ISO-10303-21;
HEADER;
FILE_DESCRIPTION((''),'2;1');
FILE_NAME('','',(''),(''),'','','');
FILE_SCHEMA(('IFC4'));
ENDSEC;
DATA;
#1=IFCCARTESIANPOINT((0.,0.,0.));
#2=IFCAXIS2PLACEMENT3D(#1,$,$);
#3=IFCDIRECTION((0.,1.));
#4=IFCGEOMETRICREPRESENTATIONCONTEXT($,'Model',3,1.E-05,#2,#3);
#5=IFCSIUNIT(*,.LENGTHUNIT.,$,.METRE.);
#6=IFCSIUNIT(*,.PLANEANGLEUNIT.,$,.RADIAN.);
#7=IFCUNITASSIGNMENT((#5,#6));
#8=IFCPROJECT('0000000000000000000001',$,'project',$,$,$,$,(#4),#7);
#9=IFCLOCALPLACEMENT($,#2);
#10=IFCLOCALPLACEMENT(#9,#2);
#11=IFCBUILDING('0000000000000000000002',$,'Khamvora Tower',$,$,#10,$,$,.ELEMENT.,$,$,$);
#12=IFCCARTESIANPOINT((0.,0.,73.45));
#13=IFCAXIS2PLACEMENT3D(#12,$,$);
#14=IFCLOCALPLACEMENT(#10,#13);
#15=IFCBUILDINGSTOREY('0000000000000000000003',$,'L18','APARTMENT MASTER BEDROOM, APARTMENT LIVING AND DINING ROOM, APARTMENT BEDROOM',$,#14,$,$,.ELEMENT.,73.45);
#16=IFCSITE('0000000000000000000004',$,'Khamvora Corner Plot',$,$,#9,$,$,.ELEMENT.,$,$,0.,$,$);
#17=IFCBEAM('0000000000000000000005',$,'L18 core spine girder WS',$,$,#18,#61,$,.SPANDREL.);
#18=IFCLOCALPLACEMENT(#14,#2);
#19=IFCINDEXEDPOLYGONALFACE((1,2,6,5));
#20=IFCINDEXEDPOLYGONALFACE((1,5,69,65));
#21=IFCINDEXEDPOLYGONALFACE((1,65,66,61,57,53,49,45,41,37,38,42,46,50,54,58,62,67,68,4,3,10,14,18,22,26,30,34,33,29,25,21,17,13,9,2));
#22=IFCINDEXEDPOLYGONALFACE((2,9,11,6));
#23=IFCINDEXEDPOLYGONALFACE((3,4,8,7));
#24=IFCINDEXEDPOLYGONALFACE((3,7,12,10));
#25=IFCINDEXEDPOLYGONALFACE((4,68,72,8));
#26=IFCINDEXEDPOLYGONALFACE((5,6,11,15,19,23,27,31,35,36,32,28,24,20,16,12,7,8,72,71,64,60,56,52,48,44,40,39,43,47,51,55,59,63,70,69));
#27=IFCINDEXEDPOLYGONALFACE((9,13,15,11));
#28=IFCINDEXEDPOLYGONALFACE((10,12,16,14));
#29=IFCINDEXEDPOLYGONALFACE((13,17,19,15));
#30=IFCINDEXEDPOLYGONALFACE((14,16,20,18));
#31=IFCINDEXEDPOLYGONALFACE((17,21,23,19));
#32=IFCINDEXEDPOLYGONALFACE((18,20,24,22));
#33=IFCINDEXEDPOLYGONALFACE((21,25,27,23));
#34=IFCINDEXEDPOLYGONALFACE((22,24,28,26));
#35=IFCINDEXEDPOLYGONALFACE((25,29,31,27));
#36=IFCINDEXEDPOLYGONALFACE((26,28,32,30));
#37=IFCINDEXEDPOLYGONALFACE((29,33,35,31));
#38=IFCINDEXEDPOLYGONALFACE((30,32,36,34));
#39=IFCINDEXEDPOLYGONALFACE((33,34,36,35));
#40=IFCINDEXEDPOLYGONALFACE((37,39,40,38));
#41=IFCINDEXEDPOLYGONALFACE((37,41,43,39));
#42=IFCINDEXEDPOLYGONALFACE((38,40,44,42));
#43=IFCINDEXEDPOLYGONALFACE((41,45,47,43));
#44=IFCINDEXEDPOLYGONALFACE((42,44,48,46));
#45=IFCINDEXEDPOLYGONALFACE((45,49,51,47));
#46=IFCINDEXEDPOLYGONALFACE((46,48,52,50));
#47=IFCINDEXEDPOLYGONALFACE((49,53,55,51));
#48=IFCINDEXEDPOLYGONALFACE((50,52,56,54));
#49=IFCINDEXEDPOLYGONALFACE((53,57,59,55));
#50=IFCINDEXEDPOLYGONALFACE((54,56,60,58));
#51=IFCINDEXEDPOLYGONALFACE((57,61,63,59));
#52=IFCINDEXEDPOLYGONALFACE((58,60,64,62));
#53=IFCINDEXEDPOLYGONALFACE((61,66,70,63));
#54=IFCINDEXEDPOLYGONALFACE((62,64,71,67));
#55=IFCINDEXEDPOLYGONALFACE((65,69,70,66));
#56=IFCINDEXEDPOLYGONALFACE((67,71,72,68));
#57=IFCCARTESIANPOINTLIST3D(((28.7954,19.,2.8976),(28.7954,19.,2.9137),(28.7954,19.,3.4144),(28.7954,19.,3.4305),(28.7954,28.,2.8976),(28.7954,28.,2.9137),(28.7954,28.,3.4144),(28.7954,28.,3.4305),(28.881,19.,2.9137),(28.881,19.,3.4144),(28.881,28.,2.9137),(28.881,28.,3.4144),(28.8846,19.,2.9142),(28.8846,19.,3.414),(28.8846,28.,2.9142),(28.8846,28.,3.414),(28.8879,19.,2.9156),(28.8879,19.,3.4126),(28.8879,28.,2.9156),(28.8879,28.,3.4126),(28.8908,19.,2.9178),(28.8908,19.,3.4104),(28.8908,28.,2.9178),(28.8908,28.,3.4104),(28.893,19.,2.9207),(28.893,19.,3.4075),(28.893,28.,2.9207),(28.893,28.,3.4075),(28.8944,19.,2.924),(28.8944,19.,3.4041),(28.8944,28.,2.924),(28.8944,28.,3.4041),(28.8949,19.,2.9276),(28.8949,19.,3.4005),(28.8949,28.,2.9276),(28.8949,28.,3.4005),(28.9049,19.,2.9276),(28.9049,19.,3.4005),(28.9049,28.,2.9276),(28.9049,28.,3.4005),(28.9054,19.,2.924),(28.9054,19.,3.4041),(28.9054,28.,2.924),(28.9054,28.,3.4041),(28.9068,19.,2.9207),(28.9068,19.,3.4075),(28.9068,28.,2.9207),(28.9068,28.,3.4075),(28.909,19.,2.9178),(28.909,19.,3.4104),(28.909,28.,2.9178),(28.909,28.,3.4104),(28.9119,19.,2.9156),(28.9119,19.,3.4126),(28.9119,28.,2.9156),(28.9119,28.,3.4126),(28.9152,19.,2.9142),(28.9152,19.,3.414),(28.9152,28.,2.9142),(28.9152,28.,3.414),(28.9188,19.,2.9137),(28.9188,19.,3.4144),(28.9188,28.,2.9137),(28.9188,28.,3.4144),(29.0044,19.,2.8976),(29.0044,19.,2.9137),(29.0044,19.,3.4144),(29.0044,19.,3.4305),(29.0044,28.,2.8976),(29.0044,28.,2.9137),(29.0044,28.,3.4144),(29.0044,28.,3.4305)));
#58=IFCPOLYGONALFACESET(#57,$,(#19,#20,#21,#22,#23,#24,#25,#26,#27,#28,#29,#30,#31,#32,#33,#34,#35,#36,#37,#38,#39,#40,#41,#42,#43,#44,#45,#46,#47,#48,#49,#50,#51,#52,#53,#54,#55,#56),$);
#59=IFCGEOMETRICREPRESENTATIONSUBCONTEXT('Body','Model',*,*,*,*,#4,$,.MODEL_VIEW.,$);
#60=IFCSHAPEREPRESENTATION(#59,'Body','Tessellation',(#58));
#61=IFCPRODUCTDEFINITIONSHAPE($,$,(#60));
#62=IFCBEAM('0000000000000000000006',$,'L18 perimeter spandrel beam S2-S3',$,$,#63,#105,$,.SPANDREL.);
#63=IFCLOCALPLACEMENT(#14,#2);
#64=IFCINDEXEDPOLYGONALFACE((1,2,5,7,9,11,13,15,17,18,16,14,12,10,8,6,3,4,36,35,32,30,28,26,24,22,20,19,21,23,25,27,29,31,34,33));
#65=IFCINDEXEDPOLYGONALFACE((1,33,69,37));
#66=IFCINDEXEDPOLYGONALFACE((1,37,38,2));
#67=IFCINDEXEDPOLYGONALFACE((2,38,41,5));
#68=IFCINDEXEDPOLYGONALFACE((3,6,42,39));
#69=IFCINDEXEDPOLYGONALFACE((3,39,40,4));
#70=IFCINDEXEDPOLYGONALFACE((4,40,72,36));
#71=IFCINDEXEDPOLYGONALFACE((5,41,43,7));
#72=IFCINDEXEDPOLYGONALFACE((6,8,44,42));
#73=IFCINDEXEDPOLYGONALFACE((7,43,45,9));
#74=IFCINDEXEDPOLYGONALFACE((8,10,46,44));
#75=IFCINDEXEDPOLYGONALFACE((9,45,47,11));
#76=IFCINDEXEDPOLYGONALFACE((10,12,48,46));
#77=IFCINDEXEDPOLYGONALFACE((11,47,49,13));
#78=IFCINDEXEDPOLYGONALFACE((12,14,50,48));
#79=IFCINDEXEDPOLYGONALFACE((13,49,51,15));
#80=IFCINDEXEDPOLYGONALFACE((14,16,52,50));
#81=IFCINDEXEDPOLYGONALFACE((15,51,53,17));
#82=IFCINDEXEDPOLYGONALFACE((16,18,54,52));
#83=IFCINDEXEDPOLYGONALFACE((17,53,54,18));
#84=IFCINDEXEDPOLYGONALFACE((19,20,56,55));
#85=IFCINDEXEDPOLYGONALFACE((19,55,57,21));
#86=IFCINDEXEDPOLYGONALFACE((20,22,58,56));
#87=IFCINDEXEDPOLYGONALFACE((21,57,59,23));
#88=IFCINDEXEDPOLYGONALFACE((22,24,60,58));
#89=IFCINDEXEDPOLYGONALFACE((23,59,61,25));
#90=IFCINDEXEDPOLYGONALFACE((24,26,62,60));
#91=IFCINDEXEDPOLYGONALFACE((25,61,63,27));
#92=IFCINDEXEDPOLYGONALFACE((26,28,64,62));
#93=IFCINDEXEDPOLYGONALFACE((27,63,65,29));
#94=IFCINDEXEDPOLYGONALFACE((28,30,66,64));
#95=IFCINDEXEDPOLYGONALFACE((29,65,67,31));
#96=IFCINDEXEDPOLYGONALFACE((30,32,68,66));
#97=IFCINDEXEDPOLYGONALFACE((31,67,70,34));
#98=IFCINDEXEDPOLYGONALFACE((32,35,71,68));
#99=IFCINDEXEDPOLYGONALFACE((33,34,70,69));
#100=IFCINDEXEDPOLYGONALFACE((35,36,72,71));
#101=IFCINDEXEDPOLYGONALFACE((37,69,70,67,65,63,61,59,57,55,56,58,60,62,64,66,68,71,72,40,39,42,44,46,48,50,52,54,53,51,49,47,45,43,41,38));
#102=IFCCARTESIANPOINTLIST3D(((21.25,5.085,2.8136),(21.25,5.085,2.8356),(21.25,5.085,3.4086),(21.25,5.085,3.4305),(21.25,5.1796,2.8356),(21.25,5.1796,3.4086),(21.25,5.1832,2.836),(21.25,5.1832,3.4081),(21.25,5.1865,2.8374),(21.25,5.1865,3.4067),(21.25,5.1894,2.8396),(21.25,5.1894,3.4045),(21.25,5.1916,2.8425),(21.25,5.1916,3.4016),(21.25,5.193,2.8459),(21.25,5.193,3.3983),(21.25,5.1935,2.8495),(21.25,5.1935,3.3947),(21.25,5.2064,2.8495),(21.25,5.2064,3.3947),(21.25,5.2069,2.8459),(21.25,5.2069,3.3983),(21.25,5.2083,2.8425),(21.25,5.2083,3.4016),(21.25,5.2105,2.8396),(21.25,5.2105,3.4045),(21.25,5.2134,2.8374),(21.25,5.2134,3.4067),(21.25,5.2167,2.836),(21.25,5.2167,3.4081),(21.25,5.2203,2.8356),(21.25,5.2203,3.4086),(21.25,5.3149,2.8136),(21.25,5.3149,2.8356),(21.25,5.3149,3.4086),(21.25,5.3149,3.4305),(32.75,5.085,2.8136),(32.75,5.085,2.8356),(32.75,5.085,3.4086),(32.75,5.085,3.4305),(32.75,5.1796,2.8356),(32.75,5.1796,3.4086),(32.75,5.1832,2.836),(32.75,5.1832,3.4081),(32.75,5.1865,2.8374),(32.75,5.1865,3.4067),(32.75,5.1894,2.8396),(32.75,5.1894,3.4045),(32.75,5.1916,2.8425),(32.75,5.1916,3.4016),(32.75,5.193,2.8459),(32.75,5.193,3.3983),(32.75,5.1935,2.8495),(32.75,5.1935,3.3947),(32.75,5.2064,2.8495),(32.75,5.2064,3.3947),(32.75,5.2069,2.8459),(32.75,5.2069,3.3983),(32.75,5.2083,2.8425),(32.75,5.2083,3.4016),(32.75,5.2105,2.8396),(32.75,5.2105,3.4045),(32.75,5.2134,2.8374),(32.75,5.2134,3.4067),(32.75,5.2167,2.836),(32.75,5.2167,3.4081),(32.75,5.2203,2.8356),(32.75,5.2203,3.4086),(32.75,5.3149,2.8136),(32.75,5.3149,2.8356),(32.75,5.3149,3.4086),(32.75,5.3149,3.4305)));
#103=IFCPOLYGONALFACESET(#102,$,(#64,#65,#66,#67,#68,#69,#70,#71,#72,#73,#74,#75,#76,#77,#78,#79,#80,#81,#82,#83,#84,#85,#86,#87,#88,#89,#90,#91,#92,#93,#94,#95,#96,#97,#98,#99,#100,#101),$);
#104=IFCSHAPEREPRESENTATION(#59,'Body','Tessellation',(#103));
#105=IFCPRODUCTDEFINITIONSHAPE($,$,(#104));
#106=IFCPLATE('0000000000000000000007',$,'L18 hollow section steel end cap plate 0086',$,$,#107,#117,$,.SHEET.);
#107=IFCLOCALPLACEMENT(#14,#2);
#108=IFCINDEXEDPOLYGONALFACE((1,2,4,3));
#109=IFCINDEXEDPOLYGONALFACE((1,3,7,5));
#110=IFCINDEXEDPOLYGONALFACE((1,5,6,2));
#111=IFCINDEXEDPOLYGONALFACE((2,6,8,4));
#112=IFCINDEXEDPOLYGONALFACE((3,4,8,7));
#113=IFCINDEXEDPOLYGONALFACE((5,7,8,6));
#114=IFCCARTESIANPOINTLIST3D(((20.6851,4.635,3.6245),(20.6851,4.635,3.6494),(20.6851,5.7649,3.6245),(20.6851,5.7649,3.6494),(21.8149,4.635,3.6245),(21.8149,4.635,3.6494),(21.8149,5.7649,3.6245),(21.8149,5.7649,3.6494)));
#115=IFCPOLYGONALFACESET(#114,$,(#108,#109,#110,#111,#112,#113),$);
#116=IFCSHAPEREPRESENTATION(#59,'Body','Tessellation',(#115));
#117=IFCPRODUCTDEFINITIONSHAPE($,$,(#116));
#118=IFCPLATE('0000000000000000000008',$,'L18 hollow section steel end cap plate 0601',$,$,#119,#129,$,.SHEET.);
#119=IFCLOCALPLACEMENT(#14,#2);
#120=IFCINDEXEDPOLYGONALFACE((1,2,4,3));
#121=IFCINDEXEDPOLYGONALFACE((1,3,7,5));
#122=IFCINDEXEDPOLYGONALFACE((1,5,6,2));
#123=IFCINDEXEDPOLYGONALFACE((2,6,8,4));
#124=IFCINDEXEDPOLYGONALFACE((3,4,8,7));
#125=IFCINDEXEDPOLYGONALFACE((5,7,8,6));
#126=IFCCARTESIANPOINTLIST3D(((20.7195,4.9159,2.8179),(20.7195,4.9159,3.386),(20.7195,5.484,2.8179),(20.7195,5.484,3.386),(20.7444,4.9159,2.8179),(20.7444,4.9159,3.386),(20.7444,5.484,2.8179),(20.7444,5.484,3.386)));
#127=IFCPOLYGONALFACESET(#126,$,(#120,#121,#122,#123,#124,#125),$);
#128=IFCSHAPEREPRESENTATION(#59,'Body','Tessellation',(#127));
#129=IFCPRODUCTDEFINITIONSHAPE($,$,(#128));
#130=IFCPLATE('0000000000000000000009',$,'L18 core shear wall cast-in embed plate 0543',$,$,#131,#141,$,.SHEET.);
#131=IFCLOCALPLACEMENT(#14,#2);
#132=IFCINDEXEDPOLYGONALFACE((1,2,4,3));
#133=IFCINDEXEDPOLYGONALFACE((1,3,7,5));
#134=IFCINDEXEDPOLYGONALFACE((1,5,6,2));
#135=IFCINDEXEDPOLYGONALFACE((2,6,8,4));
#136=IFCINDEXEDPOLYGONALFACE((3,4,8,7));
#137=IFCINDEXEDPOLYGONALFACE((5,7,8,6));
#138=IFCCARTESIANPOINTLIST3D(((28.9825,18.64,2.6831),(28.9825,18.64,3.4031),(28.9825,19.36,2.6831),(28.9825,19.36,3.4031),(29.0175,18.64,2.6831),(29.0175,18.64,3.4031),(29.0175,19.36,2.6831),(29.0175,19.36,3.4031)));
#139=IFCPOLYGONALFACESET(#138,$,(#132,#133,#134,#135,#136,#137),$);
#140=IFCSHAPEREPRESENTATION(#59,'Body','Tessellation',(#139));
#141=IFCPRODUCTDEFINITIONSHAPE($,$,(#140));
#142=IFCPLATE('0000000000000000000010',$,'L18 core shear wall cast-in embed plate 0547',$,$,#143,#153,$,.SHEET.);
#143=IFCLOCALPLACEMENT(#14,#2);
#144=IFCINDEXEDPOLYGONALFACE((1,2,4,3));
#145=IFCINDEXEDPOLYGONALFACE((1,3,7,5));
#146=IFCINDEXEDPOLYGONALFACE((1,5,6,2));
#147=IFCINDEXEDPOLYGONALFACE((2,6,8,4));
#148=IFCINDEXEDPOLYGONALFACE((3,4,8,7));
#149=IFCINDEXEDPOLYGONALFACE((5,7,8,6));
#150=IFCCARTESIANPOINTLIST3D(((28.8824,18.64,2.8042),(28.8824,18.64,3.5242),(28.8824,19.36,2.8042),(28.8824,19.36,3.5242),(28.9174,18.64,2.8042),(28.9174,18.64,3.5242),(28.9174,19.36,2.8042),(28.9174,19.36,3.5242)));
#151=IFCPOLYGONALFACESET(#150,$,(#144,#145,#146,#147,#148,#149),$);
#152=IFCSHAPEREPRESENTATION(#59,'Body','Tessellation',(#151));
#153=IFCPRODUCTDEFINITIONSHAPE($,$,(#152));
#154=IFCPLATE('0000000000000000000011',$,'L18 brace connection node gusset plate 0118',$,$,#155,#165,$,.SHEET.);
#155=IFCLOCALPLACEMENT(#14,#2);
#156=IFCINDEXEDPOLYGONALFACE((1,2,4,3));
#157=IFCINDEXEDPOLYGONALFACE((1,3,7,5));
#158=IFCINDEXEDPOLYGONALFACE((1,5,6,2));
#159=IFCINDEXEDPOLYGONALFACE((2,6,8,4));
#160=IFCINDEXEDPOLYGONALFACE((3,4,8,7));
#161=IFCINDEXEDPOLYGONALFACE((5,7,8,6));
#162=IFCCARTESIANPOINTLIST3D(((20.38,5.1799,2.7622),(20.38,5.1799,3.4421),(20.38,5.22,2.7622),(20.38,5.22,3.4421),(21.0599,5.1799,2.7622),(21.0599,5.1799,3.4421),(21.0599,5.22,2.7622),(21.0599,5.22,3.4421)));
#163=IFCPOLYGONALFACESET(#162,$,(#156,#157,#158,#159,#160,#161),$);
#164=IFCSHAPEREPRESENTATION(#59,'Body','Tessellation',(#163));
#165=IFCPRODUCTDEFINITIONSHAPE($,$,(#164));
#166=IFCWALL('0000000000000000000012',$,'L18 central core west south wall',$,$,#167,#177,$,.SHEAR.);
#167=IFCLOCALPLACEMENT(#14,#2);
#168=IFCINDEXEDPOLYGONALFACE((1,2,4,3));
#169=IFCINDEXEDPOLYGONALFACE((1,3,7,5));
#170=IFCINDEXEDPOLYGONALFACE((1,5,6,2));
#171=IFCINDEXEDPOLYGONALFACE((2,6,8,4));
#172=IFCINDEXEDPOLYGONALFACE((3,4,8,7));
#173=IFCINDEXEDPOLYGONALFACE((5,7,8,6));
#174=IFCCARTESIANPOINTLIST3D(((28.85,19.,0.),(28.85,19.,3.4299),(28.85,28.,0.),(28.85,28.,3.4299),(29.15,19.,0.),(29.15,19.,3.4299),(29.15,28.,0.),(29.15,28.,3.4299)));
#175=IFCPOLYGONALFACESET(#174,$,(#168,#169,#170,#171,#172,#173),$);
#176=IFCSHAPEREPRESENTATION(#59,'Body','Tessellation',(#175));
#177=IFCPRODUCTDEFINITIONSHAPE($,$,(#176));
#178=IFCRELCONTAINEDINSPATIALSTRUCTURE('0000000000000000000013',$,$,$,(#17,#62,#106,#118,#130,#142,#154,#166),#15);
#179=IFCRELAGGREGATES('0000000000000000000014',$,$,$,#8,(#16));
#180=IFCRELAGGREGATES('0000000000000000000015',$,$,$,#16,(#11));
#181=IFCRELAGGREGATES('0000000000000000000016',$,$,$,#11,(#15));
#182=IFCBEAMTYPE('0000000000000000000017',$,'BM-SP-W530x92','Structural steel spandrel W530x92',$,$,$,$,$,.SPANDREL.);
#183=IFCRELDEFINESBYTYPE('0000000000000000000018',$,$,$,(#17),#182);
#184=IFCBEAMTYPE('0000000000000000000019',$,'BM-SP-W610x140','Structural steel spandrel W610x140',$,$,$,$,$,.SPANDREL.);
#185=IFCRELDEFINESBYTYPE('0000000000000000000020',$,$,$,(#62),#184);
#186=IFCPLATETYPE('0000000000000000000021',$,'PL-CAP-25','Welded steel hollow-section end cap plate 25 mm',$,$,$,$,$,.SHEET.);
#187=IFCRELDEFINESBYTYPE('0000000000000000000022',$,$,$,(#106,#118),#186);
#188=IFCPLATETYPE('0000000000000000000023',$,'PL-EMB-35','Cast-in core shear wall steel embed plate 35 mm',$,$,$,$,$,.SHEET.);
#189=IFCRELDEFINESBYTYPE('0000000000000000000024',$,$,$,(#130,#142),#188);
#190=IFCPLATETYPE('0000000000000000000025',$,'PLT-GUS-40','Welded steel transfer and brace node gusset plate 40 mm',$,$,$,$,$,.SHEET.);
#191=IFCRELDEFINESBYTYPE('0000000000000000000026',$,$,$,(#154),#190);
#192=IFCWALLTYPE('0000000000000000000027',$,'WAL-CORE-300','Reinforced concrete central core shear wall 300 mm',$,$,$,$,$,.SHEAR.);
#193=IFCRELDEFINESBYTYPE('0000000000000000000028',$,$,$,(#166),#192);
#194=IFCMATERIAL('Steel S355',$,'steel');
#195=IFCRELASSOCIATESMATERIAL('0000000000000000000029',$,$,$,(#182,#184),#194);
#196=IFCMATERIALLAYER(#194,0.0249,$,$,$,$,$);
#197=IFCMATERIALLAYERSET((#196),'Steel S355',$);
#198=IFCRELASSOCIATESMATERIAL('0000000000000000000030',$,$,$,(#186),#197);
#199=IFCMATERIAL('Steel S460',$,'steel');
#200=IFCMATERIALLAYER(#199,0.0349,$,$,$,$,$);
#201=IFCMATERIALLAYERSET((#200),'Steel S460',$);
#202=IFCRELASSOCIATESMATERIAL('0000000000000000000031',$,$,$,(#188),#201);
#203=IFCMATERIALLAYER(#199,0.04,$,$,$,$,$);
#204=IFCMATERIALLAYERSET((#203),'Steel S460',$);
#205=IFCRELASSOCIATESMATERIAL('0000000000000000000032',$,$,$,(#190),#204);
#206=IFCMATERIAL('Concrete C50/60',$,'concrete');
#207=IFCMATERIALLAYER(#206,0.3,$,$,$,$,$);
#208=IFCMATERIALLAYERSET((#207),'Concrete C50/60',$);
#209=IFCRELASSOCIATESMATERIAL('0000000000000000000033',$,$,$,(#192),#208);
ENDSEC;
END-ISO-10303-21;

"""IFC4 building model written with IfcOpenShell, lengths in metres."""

from ifc_helpers import new_model, si_unit, direction, frame, frame_2d, origin, origin_2d, place, context, subcontext, project, spatial, rectangle, i_section, extrude, material, layer, layer_set, material_profile, profile_set, type_object, element, save


model = new_model("IFC4")

# Units and contexts
model_context = context("Model", 3, precision=1e-05, world=origin(), true_north=direction((0.0, 1.0)))
body_context = subcontext(model_context, "Body", "Model", "MODEL_VIEW")
ifc_project = project(units=[si_unit("LENGTHUNIT", "METRE"), si_unit("PLANEANGLEUNIT", "RADIAN")], contexts=[model_context])

# Site, building, storey
site_placement = place(None, origin())
site = spatial("IfcSite", under=ifc_project, at=site_placement, Name="Khamvora Corner Plot", CompositionType="ELEMENT", RefElevation=0.0)
building_placement = place(site_placement, origin())
building = spatial("IfcBuilding", under=site, at=building_placement, Name="Khamvora Tower", CompositionType="ELEMENT")
storey_placement = place(building_placement, frame((0.0, 0.0, 73.45)))
storey = spatial("IfcBuildingStorey", under=building, at=storey_placement, Name="L18", Description="APARTMENT MASTER BEDROOM, APARTMENT LIVING AND DINING ROOM, APARTMENT BEDROOM", CompositionType="ELEMENT", Elevation=73.45)

# Shared definitions
ifc_material_1 = material(Name="Steel S460", Category="steel")

# Beams
ifc_material_2 = material(Name="Steel S355", Category="steel")
ifc_material_profile_1 = material_profile(ifc_material_2, i_section(OverallWidth=0.209, OverallDepth=0.533, WebThickness=0.01, FlangeThickness=0.0161, FilletRadius=0.0139, at=origin_2d()), Name="W530x92")
ifc_profile_set_1 = profile_set([ifc_material_profile_1], Name="Steel S355")
beam_type_1 = type_object("IfcBeamType", Name="BM-SP-W530x92", Description="Structural steel spandrel W530x92", PredefinedType="SPANDREL", material=ifc_profile_set_1)
beam_1_placement = place(storey_placement, frame((28.8999, 19.0, 3.1641), z_axis=(0.0, 1.0, 0.0), x_axis=(-1.0, 0.0, 0.0)))
element("IfcBeam", 1, at=beam_1_placement, inside=storey, type_object=beam_type_1, Name="L18 core spine girder WS", PredefinedType="SPANDREL", context=body_context, shape_type="SweptSolid", body=[
    extrude(i_section(OverallWidth=0.209, OverallDepth=0.533, WebThickness=0.01, FlangeThickness=0.0161, FilletRadius=0.0139, at=origin_2d()), origin(), (0.0, 0.0, 1.0), 9.0),
])
ifc_material_profile_2 = material_profile(ifc_material_2, i_section(OverallWidth=0.23, OverallDepth=0.6169, WebThickness=0.0129, FlangeThickness=0.022, FilletRadius=0.0139, at=origin_2d()), Name="W610x140")
ifc_profile_set_2 = profile_set([ifc_material_profile_2], Name="Steel S355")
beam_type_2 = type_object("IfcBeamType", Name="BM-SP-W610x140", Description="Structural steel spandrel W610x140", PredefinedType="SPANDREL", material=ifc_profile_set_2)
beam_2_placement = place(storey_placement, frame((21.25, 5.2, 3.1221), z_axis=(1.0, 0.0, 0.0), x_axis=(0.0, 1.0, 0.0)))
element("IfcBeam", 2, at=beam_2_placement, inside=storey, type_object=beam_type_2, Name="L18 perimeter spandrel beam S2-S3", PredefinedType="SPANDREL", context=body_context, shape_type="SweptSolid", body=[
    extrude(i_section(OverallWidth=0.23, OverallDepth=0.6169, WebThickness=0.0129, FlangeThickness=0.022, FilletRadius=0.0139, at=origin_2d()), origin(), (0.0, 0.0, 1.0), 11.5),
])

# Plates
ifc_layer_1 = layer(ifc_material_2, 0.0249)
ifc_layer_set_1 = layer_set([ifc_layer_1], Name="Steel S355")
plate_type_1 = type_object("IfcPlateType", Name="PL-CAP-25", Description="Welded steel hollow-section end cap plate 25 mm", PredefinedType="SHEET", material=ifc_layer_set_1)
plate_1_placement = place(storey_placement, frame((21.25, 5.2, 3.6245), z_axis=(0.0, 0.0, 1.0), x_axis=(1.0, 0.0, 0.0)))
element("IfcPlate", 3, at=plate_1_placement, inside=storey, type_object=plate_type_1, Name="L18 hollow section steel end cap plate 0086", PredefinedType="SHEET", context=body_context, shape_type="SweptSolid", body=[
    extrude(rectangle(XDim=1.1299, YDim=1.1299, at=origin_2d()), origin(), (0.0, 0.0, 1.0), 0.0249),
])
plate_2_placement = place(storey_placement, frame((20.7319, 5.2, 2.8179), z_axis=(0.0, 0.0, 1.0), x_axis=(1.0, 0.0, 0.0)))
element("IfcPlate", 4, at=plate_2_placement, inside=storey, type_object=plate_type_1, Name="L18 hollow section steel end cap plate 0601", PredefinedType="SHEET", context=body_context, shape_type="SweptSolid", body=[
    extrude(rectangle(XDim=0.0249, YDim=0.5681, at=origin_2d()), origin(), (0.0, 0.0, 1.0), 0.5681),
])
ifc_layer_2 = layer(ifc_material_1, 0.0349)
ifc_layer_set_2 = layer_set([ifc_layer_2], Name="Steel S460")
plate_type_2 = type_object("IfcPlateType", Name="PL-EMB-35", Description="Cast-in core shear wall steel embed plate 35 mm", PredefinedType="SHEET", material=ifc_layer_set_2)
for number, where, z_axis, x_axis, name in (
    (5, (29.0, 19.0, 2.6831), (0.0, 0.0, 1.0), (1.0, 0.0, 0.0), "L18 core shear wall cast-in embed plate 0543"),
    (6, (28.8999, 19.0, 2.8042), (0.0, 0.0, 1.0), (1.0, 0.0, 0.0), "L18 core shear wall cast-in embed plate 0547"),
):
    element("IfcPlate", number, at=place(storey_placement, frame(where, z_axis=z_axis, x_axis=x_axis)), inside=storey, type_object=plate_type_2, Name=name, PredefinedType="SHEET", context=body_context, shape_type="SweptSolid", body=[
        extrude(rectangle(XDim=0.0349, YDim=0.72, at=origin_2d()), origin(), (0.0, 0.0, 1.0), 0.72),
    ])
ifc_layer_3 = layer(ifc_material_1, 0.04)
ifc_layer_set_3 = layer_set([ifc_layer_3], Name="Steel S460")
plate_type_3 = type_object("IfcPlateType", Name="PLT-GUS-40", Description="Welded steel transfer and brace node gusset plate 40 mm", PredefinedType="SHEET", material=ifc_layer_set_3)
plate_3_placement = place(storey_placement, frame((20.72, 5.2, 2.7622), z_axis=(0.0, 0.0, 1.0), x_axis=(1.0, 0.0, 0.0)))
element("IfcPlate", 7, at=plate_3_placement, inside=storey, type_object=plate_type_3, Name="L18 brace connection node gusset plate 0118", PredefinedType="SHEET", context=body_context, shape_type="SweptSolid", body=[
    extrude(rectangle(XDim=0.6799, YDim=0.04, at=origin_2d()), origin(), (0.0, 0.0, 1.0), 0.6799),
])

# Wall
ifc_material_3 = material(Name="Concrete C50/60", Category="concrete")
ifc_layer_4 = layer(ifc_material_3, 0.3)
ifc_layer_set_4 = layer_set([ifc_layer_4], Name="Concrete C50/60")
wall_type_1 = type_object("IfcWallType", Name="WAL-CORE-300", Description="Reinforced concrete central core shear wall 300 mm", PredefinedType="SHEAR", material=ifc_layer_set_4)
wall_1_placement = place(storey_placement, frame((29.0, 19.0, 0.0), z_axis=(0.0, 0.0, 1.0), x_axis=(0.0, 1.0, 0.0)))
element("IfcWall", 8, at=wall_1_placement, inside=storey, type_object=wall_type_1, Name="L18 central core west south wall", PredefinedType="SHEAR", context=body_context, shape_type="SweptSolid", body=[
    extrude(rectangle(XDim=9.0, YDim=0.3, at=frame_2d((4.5, 0.0))), origin(), (0.0, 0.0, 1.0), 3.4299),
])

save(model, "model.ifc")
